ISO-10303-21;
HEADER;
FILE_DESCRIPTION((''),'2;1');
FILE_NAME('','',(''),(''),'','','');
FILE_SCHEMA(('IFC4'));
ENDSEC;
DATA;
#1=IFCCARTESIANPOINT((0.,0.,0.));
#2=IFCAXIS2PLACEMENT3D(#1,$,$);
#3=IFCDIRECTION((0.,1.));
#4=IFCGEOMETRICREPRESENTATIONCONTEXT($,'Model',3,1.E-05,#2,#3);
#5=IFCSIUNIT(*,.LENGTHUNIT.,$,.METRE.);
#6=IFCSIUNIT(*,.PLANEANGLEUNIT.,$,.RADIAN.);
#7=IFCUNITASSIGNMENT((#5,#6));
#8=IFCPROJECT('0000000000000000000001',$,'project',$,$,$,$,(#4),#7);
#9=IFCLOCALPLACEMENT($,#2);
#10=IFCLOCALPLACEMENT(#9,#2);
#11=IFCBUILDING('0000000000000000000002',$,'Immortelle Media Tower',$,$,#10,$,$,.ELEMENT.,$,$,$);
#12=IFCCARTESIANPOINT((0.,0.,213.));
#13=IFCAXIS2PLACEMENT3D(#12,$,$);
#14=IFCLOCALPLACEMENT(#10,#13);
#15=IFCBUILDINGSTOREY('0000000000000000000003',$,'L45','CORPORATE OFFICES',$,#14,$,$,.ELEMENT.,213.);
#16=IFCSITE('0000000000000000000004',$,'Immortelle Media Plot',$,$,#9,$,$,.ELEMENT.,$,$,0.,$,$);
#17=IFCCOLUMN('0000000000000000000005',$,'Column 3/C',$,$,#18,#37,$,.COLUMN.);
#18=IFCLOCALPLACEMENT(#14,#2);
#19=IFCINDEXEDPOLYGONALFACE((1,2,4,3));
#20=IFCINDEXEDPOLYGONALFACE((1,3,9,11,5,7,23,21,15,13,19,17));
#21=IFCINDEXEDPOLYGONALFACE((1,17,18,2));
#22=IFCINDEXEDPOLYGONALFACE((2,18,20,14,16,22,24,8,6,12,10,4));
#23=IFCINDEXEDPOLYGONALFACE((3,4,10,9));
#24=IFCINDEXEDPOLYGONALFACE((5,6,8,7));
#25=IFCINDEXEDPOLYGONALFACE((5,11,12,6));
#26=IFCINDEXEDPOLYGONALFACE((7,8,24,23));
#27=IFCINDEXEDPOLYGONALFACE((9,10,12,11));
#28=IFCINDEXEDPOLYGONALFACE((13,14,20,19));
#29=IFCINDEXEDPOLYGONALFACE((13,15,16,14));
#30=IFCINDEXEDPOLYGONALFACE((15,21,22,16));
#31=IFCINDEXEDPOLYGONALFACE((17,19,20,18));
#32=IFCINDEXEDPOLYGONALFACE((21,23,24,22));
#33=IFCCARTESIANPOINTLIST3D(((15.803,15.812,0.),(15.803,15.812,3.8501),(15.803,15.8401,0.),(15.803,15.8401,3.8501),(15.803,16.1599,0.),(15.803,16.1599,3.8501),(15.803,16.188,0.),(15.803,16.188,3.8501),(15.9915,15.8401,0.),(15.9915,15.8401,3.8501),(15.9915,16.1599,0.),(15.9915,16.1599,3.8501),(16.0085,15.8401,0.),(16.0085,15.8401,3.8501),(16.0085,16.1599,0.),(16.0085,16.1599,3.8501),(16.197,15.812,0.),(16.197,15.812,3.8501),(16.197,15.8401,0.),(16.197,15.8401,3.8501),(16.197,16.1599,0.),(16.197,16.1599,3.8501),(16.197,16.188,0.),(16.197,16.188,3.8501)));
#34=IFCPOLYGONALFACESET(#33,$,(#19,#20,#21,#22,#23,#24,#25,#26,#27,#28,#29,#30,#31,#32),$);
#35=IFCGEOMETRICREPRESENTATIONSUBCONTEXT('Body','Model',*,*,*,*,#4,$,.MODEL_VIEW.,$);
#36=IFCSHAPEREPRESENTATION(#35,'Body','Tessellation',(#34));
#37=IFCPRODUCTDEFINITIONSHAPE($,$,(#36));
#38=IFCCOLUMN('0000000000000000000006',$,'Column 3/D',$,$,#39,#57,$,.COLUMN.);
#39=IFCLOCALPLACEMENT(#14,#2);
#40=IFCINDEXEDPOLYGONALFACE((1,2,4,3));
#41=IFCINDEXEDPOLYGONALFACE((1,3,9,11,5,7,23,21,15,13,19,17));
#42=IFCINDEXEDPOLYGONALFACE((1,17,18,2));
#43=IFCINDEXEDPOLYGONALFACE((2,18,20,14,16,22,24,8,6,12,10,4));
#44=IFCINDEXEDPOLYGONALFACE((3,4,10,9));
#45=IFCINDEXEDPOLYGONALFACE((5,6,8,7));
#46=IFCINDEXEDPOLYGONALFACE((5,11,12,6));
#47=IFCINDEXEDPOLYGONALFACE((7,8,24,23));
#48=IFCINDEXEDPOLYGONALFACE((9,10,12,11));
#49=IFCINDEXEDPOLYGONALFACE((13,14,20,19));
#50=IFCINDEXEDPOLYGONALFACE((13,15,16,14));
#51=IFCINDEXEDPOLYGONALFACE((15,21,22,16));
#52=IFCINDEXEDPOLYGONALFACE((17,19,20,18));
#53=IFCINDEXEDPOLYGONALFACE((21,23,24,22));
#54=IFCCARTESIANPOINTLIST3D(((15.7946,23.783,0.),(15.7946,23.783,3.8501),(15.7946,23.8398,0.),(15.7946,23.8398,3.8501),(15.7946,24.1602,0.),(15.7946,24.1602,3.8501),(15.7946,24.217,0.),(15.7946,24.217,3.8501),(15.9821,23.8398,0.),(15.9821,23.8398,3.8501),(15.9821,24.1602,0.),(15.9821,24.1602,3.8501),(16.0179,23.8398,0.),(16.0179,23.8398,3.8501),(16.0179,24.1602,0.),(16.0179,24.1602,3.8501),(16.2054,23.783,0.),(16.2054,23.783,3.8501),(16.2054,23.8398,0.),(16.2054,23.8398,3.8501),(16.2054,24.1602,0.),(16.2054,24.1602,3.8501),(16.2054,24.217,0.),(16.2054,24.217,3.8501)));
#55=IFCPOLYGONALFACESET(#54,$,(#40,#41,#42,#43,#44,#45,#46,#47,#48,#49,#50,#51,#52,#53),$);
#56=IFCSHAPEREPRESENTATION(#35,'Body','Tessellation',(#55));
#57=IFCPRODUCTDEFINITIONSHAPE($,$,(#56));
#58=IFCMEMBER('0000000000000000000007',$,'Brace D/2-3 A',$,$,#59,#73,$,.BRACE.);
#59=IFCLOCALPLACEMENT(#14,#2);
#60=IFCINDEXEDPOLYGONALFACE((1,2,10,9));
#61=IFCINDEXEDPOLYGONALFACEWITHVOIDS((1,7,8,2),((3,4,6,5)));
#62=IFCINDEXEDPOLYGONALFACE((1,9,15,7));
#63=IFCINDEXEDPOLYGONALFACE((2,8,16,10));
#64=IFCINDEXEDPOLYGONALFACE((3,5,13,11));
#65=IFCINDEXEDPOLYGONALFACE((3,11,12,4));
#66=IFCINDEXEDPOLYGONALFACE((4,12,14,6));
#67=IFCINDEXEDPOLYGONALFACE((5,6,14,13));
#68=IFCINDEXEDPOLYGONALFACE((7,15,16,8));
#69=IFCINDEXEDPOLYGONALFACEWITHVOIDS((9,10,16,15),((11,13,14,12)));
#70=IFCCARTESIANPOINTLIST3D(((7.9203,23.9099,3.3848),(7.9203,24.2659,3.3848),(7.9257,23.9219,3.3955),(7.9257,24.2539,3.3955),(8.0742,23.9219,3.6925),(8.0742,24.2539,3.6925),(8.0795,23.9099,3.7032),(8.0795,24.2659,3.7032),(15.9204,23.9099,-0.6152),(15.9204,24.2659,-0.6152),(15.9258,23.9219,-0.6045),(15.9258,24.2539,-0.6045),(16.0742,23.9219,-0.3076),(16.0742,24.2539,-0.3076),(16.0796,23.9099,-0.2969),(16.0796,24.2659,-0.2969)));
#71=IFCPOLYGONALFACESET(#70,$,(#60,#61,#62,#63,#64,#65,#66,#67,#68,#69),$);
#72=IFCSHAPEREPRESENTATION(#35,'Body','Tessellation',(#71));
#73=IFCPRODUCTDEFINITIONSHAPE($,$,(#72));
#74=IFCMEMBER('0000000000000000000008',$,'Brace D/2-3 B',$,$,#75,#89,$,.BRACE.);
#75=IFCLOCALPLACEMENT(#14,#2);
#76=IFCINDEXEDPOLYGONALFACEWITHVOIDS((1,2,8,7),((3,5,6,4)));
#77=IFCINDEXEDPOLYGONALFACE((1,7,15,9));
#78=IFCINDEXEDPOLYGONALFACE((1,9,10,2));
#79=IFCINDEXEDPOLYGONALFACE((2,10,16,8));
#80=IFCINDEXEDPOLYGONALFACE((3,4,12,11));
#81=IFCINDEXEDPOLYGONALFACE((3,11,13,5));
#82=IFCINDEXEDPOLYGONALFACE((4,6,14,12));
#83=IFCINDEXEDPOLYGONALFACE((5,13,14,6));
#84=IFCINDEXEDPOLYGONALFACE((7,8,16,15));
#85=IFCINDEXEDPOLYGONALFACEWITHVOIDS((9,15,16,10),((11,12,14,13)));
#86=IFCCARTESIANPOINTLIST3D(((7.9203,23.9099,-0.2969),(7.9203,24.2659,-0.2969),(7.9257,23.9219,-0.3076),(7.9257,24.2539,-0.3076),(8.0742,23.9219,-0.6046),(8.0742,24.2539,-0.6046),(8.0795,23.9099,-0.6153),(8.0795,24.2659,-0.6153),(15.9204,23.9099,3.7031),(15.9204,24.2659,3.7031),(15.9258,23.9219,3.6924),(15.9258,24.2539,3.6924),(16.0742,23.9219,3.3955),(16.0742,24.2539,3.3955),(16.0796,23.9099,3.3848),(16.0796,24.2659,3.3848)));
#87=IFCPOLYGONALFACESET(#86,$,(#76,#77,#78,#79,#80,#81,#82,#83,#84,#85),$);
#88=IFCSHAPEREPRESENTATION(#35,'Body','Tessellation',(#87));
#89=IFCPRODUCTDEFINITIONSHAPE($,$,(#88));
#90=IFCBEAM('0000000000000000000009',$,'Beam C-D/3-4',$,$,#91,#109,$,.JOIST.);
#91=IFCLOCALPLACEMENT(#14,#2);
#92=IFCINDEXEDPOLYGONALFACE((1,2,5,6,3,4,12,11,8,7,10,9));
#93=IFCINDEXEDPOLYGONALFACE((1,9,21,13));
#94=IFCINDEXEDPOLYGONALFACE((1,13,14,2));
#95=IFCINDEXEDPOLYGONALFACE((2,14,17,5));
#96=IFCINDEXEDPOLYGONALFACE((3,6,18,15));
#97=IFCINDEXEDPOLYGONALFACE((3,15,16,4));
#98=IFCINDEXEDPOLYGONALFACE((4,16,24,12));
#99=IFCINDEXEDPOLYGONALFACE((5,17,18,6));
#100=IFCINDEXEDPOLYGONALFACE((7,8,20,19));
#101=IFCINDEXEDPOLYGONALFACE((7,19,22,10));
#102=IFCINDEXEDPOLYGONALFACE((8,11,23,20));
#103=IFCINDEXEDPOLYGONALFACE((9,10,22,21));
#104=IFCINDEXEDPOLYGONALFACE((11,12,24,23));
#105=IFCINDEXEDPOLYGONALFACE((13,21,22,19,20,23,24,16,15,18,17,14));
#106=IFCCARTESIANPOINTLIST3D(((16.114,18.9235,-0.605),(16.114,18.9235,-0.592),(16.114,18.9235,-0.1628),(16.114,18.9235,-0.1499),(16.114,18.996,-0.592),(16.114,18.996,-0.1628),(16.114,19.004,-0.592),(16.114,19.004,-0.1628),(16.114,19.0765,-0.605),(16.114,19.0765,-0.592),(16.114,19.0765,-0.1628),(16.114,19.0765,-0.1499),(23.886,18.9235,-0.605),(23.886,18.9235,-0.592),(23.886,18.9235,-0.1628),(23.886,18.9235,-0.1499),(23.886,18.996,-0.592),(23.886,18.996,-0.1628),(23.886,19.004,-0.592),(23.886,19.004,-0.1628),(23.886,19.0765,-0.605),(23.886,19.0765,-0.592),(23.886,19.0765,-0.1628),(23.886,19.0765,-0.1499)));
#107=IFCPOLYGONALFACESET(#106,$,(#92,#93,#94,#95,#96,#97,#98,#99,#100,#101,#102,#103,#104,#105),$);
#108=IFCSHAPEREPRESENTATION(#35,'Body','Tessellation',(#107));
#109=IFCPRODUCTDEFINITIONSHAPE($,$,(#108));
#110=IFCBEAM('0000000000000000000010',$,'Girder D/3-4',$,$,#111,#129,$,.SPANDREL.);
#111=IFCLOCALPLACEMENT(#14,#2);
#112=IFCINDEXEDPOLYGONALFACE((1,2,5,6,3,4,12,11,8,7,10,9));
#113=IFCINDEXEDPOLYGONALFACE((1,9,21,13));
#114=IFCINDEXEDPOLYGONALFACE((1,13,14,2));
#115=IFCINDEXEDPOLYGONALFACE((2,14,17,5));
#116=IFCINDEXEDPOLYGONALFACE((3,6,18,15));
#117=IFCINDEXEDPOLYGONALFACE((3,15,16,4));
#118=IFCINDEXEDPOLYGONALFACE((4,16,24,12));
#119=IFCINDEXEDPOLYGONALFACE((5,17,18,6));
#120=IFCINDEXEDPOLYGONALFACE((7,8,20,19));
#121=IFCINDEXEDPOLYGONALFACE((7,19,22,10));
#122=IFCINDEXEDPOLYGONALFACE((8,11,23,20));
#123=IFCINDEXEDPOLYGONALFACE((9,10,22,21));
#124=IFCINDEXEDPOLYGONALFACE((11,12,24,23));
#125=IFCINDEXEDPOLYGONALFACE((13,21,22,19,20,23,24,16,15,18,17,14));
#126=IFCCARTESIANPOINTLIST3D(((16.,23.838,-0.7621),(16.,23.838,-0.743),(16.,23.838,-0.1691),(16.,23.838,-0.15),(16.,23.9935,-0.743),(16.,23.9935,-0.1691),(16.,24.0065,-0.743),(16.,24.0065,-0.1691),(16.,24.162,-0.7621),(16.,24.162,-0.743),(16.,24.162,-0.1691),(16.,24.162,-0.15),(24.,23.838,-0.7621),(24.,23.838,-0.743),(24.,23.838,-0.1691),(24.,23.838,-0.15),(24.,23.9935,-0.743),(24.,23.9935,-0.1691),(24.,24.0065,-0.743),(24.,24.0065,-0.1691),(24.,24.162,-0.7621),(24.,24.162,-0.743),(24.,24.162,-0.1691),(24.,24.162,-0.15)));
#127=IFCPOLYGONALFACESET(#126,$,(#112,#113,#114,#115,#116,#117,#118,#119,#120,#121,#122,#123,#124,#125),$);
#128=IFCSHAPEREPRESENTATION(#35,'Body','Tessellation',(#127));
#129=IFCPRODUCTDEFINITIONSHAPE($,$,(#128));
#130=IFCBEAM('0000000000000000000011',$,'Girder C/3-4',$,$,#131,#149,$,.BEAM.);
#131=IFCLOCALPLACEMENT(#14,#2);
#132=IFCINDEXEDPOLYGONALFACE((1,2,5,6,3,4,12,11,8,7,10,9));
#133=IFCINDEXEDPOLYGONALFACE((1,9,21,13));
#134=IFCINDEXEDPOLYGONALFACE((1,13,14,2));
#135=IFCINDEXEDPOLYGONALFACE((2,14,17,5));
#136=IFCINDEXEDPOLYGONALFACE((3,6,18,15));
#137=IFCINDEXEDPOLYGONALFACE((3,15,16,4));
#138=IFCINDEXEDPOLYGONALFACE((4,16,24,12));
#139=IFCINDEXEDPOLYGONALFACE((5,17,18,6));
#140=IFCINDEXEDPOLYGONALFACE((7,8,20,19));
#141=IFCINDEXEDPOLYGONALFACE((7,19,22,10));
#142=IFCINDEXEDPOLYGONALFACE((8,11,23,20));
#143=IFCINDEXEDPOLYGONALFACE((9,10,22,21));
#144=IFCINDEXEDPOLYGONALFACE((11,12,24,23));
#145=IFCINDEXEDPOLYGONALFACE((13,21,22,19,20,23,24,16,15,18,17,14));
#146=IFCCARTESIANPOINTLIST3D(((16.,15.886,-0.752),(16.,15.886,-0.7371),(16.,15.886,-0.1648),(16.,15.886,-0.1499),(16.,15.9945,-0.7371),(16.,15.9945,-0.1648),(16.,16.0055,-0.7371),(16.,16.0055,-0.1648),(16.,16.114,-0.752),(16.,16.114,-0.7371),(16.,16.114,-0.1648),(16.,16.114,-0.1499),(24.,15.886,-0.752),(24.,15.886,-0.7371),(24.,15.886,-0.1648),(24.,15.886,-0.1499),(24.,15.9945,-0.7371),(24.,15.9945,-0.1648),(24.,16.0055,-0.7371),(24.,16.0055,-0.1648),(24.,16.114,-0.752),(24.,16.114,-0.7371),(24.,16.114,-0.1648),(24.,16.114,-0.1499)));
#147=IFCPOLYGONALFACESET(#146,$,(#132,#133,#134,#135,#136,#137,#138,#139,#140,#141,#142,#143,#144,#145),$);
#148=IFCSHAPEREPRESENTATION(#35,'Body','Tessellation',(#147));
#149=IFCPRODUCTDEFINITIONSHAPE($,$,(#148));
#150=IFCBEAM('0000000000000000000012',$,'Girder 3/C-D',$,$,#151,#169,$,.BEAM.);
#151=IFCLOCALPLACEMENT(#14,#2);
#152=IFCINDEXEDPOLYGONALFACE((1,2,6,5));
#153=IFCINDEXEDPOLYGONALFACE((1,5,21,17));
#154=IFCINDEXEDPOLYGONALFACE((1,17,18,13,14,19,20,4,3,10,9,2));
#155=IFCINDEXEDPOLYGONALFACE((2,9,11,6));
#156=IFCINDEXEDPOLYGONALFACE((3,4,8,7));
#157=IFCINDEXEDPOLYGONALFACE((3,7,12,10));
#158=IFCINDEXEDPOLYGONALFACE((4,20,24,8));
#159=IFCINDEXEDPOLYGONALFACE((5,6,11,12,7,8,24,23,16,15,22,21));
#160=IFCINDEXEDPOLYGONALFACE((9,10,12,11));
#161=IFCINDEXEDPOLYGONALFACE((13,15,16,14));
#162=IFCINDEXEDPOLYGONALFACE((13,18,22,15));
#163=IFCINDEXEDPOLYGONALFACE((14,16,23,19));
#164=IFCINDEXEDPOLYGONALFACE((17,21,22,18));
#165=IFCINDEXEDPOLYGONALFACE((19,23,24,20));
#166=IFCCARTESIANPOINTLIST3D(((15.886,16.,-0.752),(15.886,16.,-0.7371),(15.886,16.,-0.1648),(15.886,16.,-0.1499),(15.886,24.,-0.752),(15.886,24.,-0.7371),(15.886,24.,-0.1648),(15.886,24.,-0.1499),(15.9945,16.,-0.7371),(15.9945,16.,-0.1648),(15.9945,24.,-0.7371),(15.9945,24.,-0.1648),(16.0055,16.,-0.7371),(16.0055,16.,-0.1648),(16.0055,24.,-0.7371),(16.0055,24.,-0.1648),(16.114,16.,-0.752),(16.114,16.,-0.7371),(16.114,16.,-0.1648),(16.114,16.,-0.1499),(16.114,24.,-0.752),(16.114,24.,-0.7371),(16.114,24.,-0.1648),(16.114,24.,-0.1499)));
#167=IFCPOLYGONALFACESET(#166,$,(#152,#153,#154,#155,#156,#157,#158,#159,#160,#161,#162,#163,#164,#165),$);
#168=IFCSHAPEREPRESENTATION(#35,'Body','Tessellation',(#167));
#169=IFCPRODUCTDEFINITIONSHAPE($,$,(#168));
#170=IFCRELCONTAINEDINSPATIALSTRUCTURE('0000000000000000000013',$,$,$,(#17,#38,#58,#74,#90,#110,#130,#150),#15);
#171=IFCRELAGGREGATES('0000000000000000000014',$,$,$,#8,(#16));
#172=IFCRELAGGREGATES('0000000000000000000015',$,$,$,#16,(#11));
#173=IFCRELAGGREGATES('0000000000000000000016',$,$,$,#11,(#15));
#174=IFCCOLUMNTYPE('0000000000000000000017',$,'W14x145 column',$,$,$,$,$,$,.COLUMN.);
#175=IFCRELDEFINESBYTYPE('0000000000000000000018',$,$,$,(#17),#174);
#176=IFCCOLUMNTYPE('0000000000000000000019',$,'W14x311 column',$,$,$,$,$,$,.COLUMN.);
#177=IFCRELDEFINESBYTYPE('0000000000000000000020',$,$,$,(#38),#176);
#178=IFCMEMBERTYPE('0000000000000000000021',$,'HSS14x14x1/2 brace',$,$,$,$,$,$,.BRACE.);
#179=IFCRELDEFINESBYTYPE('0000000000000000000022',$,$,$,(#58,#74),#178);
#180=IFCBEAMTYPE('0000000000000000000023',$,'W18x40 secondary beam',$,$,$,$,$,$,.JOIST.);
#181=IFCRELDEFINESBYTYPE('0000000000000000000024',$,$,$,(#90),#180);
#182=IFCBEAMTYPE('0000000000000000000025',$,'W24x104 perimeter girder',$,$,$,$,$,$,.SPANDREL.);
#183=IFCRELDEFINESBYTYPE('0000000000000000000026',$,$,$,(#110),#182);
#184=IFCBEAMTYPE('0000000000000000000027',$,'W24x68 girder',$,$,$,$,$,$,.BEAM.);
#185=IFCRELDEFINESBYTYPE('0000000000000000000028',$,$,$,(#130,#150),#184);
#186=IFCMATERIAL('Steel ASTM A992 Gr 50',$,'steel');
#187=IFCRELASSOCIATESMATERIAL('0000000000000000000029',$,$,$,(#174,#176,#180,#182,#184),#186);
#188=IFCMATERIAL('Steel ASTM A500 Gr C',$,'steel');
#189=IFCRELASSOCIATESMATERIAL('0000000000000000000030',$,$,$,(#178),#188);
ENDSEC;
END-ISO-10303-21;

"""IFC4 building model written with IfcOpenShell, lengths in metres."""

from ifc_helpers import new_model, si_unit, direction, frame, origin, origin_2d, place, context, subcontext, project, spatial, hollow_rectangle, i_section, extrude, material, material_profile, profile_set, type_object, element, save


model = new_model("IFC4")

# Units and contexts
model_context = context("Model", 3, precision=1e-05, world=origin(), true_north=direction((0.0, 1.0)))
body_context = subcontext(model_context, "Body", "Model", "MODEL_VIEW")
ifc_project = project(units=[si_unit("LENGTHUNIT", "METRE"), si_unit("PLANEANGLEUNIT", "RADIAN")], contexts=[model_context])

# Site, building, storey
site_placement = place(None, origin())
site = spatial("IfcSite", under=ifc_project, at=site_placement, Name="Immortelle Media Plot", CompositionType="ELEMENT", RefElevation=0.0)
building_placement = place(site_placement, origin())
building = spatial("IfcBuilding", under=site, at=building_placement, Name="Immortelle Media Tower", CompositionType="ELEMENT")
storey_placement = place(building_placement, frame((0.0, 0.0, 213.0)))
storey = spatial("IfcBuildingStorey", under=building, at=storey_placement, Name="L45", Description="CORPORATE OFFICES", CompositionType="ELEMENT", Elevation=213.0)

# Columns
ifc_material_1 = material(Name="Steel ASTM A992 Gr 50", Category="steel")
ifc_material_profile_1 = material_profile(ifc_material_1, i_section(OverallWidth=0.394, OverallDepth=0.376, WebThickness=0.0171, FlangeThickness=0.0281, at=origin_2d()), Name="W14x145")
ifc_profile_set_1 = profile_set([ifc_material_profile_1], Name="Steel ASTM A992 Gr 50")
column_type_1 = type_object("IfcColumnType", Name="W14x145 column", PredefinedType="COLUMN", material=ifc_profile_set_1)
column_1_placement = place(storey_placement, frame((16.0, 16.0, 0.0), z_axis=(0.0, 0.0, 1.0), x_axis=(1.0, 0.0, 0.0)))
element("IfcColumn", 1, at=column_1_placement, inside=storey, type_object=column_type_1, Name="Column 3/C", PredefinedType="COLUMN", context=body_context, shape_type="SweptSolid", body=[
    extrude(i_section(OverallWidth=0.394, OverallDepth=0.376, WebThickness=0.0171, FlangeThickness=0.0281, at=origin_2d()), origin(), (0.0, 0.0, 1.0), 3.8501),
])
ifc_material_profile_2 = material_profile(ifc_material_1, i_section(OverallWidth=0.4109, OverallDepth=0.4341, WebThickness=0.0359, FlangeThickness=0.0569, at=origin_2d()), Name="W14x311")
ifc_profile_set_2 = profile_set([ifc_material_profile_2], Name="Steel ASTM A992 Gr 50")
column_type_2 = type_object("IfcColumnType", Name="W14x311 column", PredefinedType="COLUMN", material=ifc_profile_set_2)
column_2_placement = place(storey_placement, frame((16.0, 24.0, 0.0), z_axis=(0.0, 0.0, 1.0), x_axis=(1.0, 0.0, 0.0)))
element("IfcColumn", 2, at=column_2_placement, inside=storey, type_object=column_type_2, Name="Column 3/D", PredefinedType="COLUMN", context=body_context, shape_type="SweptSolid", body=[
    extrude(i_section(OverallWidth=0.4109, OverallDepth=0.4341, WebThickness=0.0359, FlangeThickness=0.0569, at=origin_2d()), origin(), (0.0, 0.0, 1.0), 3.8501),
])

# Members
ifc_material_2 = material(Name="Steel ASTM A500 Gr C", Category="steel")
ifc_material_profile_3 = material_profile(ifc_material_2, hollow_rectangle(XDim=0.356, YDim=0.356, WallThickness=0.012, at=origin_2d()), Name="HSS14x14x1/2 brace")
ifc_profile_set_3 = profile_set([ifc_material_profile_3], Name="Steel ASTM A500 Gr C")
member_type = type_object("IfcMemberType", Name="HSS14x14x1/2 brace", PredefinedType="BRACE", material=ifc_profile_set_3)
for number, where, z_axis, x_axis, name in (
    (3, (16.0, 24.0879, -0.4561), (-0.894427, 0.0, 0.447214), (0.0, -1.0, 0.0), "Brace D/2-3 A"),
    (4, (16.0, 24.0879, 3.5439), (-0.894427, 0.0, -0.447214), (0.0, -1.0, 0.0), "Brace D/2-3 B"),
):
    element("IfcMember", number, at=place(storey_placement, frame(where, z_axis=z_axis, x_axis=x_axis)), inside=storey, type_object=member_type, Name=name, PredefinedType="BRACE", context=body_context, shape_type="SweptSolid", body=[
        extrude(hollow_rectangle(XDim=0.356, YDim=0.356, WallThickness=0.012, at=origin_2d()), origin(), (0.0, 0.0, 1.0), 8.9443),
    ])

# Beams
ifc_material_profile_4 = material_profile(ifc_material_1, i_section(OverallWidth=0.1531, OverallDepth=0.4551, WebThickness=0.0081, FlangeThickness=0.0129, at=origin_2d()), Name="W18x40")
ifc_profile_set_4 = profile_set([ifc_material_profile_4], Name="Steel ASTM A992 Gr 50")
beam_type_1 = type_object("IfcBeamType", Name="W18x40 secondary beam", PredefinedType="JOIST", material=ifc_profile_set_4)
beam_1_placement = place(storey_placement, frame((16.114, 19.0, -0.3774), z_axis=(1.0, 0.0, 0.0), x_axis=(0.0, 1.0, 0.0)))
element("IfcBeam", 5, at=beam_1_placement, inside=storey, type_object=beam_type_1, Name="Beam C-D/3-4", PredefinedType="JOIST", context=body_context, shape_type="SweptSolid", body=[
    extrude(i_section(OverallWidth=0.1531, OverallDepth=0.4551, WebThickness=0.0081, FlangeThickness=0.0129, at=origin_2d()), origin(), (0.0, 0.0, 1.0), 7.772),
])
ifc_material_profile_5 = material_profile(ifc_material_1, i_section(OverallWidth=0.324, OverallDepth=0.6121, WebThickness=0.0129, FlangeThickness=0.019, at=origin_2d()), Name="W24x104")
ifc_profile_set_5 = profile_set([ifc_material_profile_5], Name="Steel ASTM A992 Gr 50")
beam_type_2 = type_object("IfcBeamType", Name="W24x104 perimeter girder", PredefinedType="SPANDREL", material=ifc_profile_set_5)
beam_2_placement = place(storey_placement, frame((16.0, 24.0, -0.4561), z_axis=(1.0, 0.0, 0.0), x_axis=(0.0, 1.0, 0.0)))
element("IfcBeam", 6, at=beam_2_placement, inside=storey, type_object=beam_type_2, Name="Girder D/3-4", PredefinedType="SPANDREL", context=body_context, shape_type="SweptSolid", body=[
    extrude(i_section(OverallWidth=0.324, OverallDepth=0.6121, WebThickness=0.0129, FlangeThickness=0.019, at=origin_2d()), origin(), (0.0, 0.0, 1.0), 8.0),
])
ifc_material_profile_6 = material_profile(ifc_material_1, i_section(OverallWidth=0.228, OverallDepth=0.6021, WebThickness=0.011, FlangeThickness=0.0149, at=origin_2d()), Name="W24x68")
ifc_profile_set_6 = profile_set([ifc_material_profile_6], Name="Steel ASTM A992 Gr 50")
beam_type_3 = type_object("IfcBeamType", Name="W24x68 girder", PredefinedType="BEAM", material=ifc_profile_set_6)
for number, where, z_axis, x_axis, name in (
    (7, (16.0, 16.0, -0.4509), (1.0, 0.0, 0.0), (0.0, 1.0, 0.0), "Girder C/3-4"),
    (8, (16.0, 16.0, -0.4509), (0.0, 1.0, 0.0), (-1.0, 0.0, 0.0), "Girder 3/C-D"),
):
    element("IfcBeam", number, at=place(storey_placement, frame(where, z_axis=z_axis, x_axis=x_axis)), inside=storey, type_object=beam_type_3, Name=name, PredefinedType="BEAM", context=body_context, shape_type="SweptSolid", body=[
        extrude(i_section(OverallWidth=0.228, OverallDepth=0.6021, WebThickness=0.011, FlangeThickness=0.0149, at=origin_2d()), origin(), (0.0, 0.0, 1.0), 8.0),
    ])

save(model, "model.ifc")
